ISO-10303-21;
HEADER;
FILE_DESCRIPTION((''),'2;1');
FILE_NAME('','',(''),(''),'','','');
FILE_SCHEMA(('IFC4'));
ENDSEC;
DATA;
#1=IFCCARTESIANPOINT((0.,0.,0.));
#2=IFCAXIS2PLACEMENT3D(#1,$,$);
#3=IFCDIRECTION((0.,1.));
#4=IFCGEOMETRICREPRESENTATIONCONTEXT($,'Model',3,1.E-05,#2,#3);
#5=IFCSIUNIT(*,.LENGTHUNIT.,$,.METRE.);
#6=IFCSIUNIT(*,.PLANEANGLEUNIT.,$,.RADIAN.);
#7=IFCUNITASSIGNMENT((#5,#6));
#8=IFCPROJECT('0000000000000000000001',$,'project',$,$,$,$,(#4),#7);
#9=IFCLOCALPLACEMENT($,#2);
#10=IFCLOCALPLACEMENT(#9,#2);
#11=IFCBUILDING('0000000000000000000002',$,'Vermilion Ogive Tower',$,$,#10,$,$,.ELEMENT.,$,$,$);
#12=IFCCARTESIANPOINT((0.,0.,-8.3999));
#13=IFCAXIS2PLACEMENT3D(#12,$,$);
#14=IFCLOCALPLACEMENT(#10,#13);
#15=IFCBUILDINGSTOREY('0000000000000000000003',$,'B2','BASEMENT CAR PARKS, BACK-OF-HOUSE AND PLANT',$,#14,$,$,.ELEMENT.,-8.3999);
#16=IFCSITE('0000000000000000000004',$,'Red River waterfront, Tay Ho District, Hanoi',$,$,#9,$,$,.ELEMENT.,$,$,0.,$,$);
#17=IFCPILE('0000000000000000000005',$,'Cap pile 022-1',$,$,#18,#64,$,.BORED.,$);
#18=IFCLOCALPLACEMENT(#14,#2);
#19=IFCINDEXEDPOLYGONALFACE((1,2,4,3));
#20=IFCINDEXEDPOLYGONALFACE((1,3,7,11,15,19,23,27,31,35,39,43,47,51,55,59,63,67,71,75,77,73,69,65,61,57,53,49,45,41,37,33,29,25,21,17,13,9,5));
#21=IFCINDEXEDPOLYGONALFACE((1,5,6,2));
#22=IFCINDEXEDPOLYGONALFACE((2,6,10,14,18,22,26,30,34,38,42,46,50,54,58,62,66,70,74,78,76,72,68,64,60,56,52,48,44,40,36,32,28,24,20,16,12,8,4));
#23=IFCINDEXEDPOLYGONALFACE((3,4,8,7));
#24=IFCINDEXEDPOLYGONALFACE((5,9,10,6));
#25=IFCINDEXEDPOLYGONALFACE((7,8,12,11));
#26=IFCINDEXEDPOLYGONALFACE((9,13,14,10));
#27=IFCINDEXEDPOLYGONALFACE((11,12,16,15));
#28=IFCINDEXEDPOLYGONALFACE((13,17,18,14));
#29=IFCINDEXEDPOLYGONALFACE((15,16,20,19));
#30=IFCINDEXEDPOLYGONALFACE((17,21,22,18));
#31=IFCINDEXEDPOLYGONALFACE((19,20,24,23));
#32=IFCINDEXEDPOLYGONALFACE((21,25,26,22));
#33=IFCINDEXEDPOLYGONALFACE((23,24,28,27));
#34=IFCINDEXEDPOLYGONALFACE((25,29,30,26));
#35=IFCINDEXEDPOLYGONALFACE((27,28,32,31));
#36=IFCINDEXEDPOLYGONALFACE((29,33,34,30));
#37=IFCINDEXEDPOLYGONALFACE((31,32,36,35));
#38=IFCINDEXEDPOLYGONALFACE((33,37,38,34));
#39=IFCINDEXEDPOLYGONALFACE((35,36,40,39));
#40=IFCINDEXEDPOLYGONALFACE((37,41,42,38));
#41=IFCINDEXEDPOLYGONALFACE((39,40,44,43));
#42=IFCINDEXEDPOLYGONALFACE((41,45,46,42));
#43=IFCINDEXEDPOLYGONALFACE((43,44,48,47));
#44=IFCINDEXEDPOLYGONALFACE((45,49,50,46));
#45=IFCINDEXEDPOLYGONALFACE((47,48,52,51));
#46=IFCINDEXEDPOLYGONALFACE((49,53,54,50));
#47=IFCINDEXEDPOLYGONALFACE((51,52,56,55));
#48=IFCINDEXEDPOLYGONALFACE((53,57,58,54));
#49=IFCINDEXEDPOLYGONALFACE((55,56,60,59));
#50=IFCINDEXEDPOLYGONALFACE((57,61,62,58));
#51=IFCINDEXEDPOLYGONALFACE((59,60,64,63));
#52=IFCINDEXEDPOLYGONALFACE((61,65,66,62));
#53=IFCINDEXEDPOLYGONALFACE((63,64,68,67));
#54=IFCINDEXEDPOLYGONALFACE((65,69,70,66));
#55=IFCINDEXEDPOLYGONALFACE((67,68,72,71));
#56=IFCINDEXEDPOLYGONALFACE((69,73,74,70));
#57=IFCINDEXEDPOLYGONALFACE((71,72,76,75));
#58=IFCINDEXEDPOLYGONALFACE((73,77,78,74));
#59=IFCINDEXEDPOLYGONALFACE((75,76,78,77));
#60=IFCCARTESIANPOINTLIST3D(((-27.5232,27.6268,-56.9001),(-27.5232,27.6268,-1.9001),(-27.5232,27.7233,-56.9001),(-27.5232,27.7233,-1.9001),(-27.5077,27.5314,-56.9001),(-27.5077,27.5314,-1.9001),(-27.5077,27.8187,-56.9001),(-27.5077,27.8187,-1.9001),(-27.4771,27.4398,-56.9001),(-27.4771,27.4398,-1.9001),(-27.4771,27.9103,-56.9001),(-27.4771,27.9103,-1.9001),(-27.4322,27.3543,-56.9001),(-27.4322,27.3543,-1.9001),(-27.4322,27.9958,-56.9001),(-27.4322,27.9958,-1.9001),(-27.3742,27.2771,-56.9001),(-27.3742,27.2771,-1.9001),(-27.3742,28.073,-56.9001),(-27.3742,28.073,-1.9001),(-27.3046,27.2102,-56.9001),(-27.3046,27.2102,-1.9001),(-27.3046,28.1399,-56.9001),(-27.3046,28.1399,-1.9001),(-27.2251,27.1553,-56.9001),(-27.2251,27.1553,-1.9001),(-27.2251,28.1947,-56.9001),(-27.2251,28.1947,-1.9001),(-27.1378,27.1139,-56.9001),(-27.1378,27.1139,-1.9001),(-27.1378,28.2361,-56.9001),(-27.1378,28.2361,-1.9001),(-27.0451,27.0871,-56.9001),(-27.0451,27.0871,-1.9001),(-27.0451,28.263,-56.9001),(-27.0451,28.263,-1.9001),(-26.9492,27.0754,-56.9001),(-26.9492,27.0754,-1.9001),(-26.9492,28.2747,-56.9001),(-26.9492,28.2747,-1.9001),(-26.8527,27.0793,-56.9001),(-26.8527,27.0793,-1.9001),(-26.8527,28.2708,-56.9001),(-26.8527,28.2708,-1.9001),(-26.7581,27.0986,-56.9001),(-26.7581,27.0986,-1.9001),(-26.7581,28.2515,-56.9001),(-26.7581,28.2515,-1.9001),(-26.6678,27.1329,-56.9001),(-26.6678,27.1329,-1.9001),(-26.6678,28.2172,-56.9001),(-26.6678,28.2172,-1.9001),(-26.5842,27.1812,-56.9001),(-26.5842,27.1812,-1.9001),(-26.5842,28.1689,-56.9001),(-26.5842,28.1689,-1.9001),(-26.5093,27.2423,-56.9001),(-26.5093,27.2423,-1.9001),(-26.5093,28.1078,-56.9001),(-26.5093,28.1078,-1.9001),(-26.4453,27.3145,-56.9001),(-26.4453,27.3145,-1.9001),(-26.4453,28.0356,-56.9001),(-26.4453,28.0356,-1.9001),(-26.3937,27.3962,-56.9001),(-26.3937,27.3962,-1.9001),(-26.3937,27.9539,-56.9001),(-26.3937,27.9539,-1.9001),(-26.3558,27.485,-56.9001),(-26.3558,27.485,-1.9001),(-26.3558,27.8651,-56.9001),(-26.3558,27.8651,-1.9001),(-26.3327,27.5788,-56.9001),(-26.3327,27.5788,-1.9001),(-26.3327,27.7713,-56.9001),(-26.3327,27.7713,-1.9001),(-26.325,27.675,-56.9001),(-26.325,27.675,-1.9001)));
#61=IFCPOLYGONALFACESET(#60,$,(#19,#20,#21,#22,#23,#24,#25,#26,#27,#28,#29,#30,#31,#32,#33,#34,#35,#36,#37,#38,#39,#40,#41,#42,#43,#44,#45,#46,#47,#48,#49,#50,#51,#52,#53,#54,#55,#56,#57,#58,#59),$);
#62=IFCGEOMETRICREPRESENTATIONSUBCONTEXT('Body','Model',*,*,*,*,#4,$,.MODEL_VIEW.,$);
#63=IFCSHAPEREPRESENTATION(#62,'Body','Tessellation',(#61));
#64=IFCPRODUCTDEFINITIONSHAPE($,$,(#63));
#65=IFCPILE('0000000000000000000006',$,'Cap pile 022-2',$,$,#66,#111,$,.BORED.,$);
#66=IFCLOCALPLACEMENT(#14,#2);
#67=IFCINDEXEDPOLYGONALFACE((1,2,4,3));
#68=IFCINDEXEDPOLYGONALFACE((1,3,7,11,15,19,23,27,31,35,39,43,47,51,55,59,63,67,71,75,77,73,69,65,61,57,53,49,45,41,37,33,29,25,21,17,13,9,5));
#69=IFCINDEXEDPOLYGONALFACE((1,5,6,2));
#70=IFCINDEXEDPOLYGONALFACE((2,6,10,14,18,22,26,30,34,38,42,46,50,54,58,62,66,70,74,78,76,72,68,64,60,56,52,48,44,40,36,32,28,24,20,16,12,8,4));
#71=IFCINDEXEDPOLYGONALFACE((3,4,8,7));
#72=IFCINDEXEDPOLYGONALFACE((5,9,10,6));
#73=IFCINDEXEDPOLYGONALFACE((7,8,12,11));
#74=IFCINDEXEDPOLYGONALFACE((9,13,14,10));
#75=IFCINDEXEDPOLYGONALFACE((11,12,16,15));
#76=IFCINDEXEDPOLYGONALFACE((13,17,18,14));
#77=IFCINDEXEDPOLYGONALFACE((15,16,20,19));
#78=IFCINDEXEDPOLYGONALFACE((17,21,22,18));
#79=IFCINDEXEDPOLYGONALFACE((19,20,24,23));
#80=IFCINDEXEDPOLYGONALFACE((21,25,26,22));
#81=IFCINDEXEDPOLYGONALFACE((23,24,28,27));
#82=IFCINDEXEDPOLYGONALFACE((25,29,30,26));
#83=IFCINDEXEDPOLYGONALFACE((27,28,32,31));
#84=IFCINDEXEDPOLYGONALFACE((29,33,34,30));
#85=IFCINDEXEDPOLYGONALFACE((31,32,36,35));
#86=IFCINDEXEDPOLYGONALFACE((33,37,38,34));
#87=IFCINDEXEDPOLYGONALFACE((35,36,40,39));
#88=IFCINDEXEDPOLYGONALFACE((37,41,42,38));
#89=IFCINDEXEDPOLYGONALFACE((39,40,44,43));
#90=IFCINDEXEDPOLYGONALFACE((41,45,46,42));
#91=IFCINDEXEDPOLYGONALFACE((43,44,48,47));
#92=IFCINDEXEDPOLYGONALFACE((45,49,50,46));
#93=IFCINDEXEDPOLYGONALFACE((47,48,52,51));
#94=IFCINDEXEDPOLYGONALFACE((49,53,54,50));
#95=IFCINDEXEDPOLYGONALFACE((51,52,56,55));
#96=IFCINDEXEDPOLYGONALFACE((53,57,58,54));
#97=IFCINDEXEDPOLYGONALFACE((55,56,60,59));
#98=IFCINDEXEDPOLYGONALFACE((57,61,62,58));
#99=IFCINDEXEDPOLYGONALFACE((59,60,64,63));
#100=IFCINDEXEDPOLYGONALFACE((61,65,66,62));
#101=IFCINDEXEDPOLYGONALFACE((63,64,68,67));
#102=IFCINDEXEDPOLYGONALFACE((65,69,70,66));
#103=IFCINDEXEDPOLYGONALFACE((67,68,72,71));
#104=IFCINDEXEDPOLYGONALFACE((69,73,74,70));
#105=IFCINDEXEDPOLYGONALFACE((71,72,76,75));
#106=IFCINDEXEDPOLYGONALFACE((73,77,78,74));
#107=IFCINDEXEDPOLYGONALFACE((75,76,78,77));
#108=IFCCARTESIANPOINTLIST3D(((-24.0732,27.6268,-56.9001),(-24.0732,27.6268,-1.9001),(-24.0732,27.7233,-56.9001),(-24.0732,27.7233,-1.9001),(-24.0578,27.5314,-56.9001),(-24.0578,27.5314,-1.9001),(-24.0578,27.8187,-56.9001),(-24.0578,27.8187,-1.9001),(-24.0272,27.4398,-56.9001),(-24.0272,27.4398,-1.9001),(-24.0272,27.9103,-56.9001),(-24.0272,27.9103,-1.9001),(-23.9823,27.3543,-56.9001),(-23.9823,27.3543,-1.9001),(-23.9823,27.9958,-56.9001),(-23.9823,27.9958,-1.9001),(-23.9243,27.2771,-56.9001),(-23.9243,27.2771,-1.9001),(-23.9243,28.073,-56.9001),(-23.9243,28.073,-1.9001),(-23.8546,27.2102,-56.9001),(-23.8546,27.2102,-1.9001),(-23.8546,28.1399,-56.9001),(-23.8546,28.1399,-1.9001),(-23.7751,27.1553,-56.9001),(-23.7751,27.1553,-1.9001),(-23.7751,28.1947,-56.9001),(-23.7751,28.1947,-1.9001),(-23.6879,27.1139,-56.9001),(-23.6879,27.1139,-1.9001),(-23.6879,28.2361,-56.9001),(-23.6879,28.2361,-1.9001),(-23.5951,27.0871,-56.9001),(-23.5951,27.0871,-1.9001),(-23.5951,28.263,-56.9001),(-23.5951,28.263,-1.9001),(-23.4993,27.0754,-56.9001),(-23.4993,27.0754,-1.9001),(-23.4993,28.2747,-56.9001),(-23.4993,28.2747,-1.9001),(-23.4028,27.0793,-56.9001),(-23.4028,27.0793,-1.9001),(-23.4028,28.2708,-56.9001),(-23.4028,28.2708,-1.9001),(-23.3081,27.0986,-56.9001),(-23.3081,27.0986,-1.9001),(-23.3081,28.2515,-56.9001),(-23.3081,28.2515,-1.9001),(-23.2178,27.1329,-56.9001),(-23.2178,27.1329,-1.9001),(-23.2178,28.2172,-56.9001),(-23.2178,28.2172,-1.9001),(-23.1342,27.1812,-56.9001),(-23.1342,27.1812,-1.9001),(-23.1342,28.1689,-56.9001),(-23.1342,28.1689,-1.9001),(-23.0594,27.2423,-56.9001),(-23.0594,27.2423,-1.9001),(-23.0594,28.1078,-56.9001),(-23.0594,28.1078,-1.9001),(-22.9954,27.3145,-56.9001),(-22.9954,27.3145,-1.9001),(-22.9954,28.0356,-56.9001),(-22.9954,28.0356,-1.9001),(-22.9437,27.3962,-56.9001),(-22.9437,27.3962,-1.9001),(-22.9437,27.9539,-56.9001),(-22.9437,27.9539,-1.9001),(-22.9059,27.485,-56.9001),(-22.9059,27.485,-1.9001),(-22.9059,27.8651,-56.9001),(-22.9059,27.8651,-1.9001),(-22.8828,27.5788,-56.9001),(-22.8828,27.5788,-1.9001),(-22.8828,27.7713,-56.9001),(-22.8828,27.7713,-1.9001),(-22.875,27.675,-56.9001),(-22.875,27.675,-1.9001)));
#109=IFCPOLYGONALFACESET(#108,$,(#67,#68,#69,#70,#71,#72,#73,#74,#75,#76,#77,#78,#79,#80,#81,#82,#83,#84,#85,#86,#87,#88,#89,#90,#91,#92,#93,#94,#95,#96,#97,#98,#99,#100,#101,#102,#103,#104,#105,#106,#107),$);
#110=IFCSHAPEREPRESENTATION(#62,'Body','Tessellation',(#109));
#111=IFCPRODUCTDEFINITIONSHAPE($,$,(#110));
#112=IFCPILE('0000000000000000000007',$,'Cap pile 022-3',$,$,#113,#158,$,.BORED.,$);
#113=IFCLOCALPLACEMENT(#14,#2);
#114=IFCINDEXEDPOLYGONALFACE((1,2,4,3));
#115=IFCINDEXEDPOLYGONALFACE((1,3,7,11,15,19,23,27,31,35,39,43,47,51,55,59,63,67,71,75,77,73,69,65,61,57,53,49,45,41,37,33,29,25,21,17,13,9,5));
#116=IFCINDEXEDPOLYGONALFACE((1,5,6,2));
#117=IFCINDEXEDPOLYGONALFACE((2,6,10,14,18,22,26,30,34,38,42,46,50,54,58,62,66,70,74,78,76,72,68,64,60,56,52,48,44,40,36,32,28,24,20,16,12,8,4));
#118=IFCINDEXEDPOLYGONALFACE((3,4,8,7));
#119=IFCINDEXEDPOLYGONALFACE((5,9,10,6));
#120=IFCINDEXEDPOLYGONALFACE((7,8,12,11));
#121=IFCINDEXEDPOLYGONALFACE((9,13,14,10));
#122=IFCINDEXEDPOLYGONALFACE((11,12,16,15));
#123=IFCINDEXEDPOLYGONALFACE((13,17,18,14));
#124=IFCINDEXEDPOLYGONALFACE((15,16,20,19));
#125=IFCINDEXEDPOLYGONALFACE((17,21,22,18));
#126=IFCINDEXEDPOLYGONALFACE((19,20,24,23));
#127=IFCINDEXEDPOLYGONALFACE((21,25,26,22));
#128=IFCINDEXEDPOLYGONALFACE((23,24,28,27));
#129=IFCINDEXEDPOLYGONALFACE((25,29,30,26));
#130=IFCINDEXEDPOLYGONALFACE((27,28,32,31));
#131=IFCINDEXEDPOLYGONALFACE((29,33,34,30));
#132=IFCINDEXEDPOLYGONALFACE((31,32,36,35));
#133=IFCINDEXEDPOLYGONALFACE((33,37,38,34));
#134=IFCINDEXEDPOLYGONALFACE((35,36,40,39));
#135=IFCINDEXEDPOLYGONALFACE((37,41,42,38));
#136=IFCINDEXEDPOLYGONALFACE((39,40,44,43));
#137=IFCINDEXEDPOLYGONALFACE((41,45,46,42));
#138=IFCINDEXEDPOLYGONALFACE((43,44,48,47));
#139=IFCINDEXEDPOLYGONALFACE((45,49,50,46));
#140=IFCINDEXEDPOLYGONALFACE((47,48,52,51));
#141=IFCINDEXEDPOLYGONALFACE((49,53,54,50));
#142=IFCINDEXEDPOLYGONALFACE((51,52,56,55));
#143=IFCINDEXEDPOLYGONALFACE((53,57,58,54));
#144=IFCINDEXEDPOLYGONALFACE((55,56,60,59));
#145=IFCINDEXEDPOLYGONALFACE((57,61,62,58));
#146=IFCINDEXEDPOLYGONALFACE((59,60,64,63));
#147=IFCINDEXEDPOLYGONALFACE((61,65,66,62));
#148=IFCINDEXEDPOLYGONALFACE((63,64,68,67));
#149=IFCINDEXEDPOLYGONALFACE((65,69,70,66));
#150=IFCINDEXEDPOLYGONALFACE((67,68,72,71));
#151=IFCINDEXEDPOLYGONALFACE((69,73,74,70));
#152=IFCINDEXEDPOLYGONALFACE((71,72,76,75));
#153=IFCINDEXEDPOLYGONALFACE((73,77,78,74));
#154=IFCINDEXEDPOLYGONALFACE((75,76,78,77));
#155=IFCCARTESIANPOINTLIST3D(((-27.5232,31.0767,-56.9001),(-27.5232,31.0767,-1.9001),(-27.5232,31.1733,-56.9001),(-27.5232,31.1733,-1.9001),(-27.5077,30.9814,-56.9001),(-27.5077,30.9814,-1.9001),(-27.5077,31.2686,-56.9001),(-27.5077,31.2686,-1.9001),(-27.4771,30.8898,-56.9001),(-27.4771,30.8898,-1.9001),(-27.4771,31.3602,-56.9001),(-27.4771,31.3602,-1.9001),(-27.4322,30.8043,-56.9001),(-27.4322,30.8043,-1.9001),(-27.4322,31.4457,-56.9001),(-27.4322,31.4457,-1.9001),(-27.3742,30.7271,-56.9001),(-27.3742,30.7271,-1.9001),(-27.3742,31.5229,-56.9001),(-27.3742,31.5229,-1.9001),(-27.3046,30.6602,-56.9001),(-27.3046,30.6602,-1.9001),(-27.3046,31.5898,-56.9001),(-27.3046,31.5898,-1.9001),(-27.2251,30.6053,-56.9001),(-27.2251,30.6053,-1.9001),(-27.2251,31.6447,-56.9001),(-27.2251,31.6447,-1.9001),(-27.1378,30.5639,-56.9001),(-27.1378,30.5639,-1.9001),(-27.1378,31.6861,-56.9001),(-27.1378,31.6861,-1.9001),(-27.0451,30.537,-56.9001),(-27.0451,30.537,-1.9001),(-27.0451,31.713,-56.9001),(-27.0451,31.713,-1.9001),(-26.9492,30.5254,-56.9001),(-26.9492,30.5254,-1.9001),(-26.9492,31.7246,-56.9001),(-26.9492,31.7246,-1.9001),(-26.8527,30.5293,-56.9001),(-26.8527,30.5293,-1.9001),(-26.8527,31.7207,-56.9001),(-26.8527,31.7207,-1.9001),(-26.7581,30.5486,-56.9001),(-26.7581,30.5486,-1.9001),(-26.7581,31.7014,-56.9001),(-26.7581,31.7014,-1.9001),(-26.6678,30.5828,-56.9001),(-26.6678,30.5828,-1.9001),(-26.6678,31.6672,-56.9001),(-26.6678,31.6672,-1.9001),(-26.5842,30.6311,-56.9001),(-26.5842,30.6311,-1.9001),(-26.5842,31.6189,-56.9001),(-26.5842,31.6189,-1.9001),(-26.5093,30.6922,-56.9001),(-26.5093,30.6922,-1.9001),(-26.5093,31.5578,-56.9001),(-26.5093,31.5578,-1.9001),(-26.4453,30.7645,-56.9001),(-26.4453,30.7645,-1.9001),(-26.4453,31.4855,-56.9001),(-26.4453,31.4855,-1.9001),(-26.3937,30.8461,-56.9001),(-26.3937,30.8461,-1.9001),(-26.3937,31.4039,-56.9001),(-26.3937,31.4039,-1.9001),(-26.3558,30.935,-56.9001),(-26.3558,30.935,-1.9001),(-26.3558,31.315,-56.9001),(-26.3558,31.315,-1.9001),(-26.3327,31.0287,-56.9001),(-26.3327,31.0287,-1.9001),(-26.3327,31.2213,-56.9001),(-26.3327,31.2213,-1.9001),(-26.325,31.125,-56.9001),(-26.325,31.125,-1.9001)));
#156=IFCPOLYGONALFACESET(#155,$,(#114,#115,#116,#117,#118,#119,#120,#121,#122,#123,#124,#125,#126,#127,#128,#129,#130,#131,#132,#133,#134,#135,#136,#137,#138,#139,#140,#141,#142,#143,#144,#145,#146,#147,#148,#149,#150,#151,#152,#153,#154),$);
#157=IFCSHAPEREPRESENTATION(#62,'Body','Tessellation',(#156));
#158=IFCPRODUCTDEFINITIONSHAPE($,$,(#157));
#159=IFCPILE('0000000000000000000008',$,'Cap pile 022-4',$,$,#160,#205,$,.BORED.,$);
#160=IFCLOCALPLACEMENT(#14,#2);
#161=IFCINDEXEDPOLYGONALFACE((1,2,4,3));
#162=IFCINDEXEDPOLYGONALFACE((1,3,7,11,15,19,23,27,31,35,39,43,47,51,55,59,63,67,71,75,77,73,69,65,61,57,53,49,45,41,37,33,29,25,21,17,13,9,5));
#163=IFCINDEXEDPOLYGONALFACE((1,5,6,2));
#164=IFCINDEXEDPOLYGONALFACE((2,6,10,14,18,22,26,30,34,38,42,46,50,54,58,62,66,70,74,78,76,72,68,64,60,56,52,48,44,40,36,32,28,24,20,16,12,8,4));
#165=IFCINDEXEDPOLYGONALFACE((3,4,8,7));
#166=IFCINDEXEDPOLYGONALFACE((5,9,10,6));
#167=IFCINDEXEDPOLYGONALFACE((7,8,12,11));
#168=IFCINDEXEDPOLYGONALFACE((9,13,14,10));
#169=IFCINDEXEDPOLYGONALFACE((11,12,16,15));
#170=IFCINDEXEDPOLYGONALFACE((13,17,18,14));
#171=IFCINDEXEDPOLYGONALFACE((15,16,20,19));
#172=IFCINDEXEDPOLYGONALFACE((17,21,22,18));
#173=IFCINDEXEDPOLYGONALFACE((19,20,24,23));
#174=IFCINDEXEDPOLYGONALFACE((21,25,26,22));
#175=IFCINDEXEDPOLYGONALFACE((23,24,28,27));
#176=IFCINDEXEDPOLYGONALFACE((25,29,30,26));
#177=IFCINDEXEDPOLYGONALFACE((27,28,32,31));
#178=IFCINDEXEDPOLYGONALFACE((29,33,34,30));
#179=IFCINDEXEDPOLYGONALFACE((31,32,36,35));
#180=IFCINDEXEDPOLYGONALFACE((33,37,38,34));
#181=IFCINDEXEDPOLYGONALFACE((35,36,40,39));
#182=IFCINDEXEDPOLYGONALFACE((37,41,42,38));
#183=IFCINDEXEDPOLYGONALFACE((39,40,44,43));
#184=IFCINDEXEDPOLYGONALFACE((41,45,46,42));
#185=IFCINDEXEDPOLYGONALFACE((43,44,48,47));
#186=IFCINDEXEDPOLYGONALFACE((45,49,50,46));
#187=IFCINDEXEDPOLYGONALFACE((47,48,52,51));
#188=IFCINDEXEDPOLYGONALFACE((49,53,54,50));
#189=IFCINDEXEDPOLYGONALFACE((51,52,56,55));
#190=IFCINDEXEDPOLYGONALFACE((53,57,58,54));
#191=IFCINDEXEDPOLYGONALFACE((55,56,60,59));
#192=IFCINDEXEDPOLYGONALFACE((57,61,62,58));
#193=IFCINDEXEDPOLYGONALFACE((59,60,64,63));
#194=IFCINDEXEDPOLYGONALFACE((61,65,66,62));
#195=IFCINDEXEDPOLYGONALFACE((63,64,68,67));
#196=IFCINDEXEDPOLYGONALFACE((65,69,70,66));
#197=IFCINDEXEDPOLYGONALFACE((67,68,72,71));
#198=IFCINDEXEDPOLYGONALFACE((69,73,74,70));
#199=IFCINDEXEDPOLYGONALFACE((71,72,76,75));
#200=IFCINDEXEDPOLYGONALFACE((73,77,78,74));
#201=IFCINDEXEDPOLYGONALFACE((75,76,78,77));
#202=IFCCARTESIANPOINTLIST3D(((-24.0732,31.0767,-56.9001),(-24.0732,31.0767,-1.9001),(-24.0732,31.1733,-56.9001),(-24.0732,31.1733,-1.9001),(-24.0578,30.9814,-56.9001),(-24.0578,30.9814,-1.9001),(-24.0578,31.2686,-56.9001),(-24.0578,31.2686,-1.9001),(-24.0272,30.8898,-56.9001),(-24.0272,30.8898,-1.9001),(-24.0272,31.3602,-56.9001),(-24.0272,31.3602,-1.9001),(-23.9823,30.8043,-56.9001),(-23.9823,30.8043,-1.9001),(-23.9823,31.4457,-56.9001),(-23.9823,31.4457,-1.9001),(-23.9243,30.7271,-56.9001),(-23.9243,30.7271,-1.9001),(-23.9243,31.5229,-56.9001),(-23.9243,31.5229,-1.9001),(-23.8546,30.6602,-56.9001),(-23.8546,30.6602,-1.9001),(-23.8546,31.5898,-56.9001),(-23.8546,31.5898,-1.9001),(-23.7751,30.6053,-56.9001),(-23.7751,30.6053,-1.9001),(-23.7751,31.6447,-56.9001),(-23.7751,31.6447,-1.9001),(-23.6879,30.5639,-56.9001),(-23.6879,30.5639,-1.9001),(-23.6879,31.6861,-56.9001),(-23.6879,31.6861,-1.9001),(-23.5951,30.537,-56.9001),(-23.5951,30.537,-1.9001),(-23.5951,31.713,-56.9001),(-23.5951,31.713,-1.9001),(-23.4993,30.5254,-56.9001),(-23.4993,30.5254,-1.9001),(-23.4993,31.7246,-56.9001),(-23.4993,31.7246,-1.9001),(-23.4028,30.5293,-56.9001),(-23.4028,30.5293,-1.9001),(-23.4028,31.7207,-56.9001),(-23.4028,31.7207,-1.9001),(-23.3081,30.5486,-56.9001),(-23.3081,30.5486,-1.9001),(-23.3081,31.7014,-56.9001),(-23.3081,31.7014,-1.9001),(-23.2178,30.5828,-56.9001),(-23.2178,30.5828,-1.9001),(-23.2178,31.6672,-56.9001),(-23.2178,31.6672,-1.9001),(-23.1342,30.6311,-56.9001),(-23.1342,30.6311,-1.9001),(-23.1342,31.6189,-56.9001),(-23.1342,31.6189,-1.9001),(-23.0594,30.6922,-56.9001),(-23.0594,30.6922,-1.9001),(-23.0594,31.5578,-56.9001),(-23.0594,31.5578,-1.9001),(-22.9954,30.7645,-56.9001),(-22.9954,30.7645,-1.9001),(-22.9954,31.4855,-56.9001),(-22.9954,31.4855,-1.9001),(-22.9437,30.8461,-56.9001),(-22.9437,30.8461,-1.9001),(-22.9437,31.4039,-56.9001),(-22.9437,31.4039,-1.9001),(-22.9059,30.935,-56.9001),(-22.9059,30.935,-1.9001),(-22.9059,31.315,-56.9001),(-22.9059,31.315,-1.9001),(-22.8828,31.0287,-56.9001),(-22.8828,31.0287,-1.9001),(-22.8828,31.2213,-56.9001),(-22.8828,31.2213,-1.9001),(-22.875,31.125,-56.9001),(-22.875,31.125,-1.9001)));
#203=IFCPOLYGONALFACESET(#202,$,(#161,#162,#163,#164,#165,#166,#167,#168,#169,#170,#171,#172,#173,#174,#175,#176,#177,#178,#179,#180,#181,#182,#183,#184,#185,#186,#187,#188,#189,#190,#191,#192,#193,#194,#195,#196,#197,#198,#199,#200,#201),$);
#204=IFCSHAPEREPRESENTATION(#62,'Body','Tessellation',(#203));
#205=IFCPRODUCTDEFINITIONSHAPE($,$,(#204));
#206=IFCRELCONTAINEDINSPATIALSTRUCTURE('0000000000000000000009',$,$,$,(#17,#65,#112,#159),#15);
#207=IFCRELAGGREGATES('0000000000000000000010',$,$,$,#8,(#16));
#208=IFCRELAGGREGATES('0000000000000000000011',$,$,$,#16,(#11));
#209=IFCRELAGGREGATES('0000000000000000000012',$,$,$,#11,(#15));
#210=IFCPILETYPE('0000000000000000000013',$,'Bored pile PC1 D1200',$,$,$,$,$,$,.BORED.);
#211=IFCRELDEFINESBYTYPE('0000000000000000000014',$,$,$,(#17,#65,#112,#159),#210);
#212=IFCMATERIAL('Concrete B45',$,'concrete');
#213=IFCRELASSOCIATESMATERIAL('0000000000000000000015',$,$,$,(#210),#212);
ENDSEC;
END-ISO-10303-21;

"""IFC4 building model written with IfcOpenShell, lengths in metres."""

from ifc_helpers import new_model, si_unit, direction, frame, origin, origin_2d, place, context, subcontext, project, spatial, circle, extrude, material, type_object, element, save


model = new_model("IFC4")

# Units and contexts
model_context = context("Model", 3, precision=1e-05, world=origin(), true_north=direction((0.0, 1.0)))
body_context = subcontext(model_context, "Body", "Model", "MODEL_VIEW")
ifc_project = project(units=[si_unit("LENGTHUNIT", "METRE"), si_unit("PLANEANGLEUNIT", "RADIAN")], contexts=[model_context])

# Site, building, storey
site_placement = place(None, origin())
site = spatial("IfcSite", under=ifc_project, at=site_placement, Name="Red River waterfront, Tay Ho District, Hanoi", CompositionType="ELEMENT", RefElevation=0.0)
building_placement = place(site_placement, origin())
building = spatial("IfcBuilding", under=site, at=building_placement, Name="Vermilion Ogive Tower", CompositionType="ELEMENT")
storey_placement = place(building_placement, frame((0.0, 0.0, -8.3999)))
storey = spatial("IfcBuildingStorey", under=building, at=storey_placement, Name="B2", Description="BASEMENT CAR PARKS, BACK-OF-HOUSE AND PLANT", CompositionType="ELEMENT", Elevation=-8.3999)

# Piles
ifc_material_1 = material(Name="Concrete B45", Category="concrete")
pile_type = type_object("IfcPileType", Name="Bored pile PC1 D1200", PredefinedType="BORED", material=ifc_material_1)
for number, where, z_axis, x_axis, name in (
    (1, (-26.925, 27.675, -1.9001), (0.0, 0.0, -1.0), (1.0, 0.0, 0.0), "Cap pile 022-1"),
    (2, (-23.4751, 27.675, -1.9001), (0.0, 0.0, -1.0), (1.0, 0.0, 0.0), "Cap pile 022-2"),
    (3, (-26.925, 31.125, -1.9001), (0.0, 0.0, -1.0), (1.0, 0.0, 0.0), "Cap pile 022-3"),
    (4, (-23.4751, 31.125, -1.9001), (0.0, 0.0, -1.0), (1.0, 0.0, 0.0), "Cap pile 022-4"),
):
    element("IfcPile", number, at=place(storey_placement, frame(where, z_axis=z_axis, x_axis=x_axis)), inside=storey, type_object=pile_type, Name=name, PredefinedType="BORED", context=body_context, shape_type="SweptSolid", body=[
        extrude(circle(Radius=0.6001, at=origin_2d()), origin(), (0.0, 0.0, 1.0), 55.0),
    ])

save(model, "model.ifc")
